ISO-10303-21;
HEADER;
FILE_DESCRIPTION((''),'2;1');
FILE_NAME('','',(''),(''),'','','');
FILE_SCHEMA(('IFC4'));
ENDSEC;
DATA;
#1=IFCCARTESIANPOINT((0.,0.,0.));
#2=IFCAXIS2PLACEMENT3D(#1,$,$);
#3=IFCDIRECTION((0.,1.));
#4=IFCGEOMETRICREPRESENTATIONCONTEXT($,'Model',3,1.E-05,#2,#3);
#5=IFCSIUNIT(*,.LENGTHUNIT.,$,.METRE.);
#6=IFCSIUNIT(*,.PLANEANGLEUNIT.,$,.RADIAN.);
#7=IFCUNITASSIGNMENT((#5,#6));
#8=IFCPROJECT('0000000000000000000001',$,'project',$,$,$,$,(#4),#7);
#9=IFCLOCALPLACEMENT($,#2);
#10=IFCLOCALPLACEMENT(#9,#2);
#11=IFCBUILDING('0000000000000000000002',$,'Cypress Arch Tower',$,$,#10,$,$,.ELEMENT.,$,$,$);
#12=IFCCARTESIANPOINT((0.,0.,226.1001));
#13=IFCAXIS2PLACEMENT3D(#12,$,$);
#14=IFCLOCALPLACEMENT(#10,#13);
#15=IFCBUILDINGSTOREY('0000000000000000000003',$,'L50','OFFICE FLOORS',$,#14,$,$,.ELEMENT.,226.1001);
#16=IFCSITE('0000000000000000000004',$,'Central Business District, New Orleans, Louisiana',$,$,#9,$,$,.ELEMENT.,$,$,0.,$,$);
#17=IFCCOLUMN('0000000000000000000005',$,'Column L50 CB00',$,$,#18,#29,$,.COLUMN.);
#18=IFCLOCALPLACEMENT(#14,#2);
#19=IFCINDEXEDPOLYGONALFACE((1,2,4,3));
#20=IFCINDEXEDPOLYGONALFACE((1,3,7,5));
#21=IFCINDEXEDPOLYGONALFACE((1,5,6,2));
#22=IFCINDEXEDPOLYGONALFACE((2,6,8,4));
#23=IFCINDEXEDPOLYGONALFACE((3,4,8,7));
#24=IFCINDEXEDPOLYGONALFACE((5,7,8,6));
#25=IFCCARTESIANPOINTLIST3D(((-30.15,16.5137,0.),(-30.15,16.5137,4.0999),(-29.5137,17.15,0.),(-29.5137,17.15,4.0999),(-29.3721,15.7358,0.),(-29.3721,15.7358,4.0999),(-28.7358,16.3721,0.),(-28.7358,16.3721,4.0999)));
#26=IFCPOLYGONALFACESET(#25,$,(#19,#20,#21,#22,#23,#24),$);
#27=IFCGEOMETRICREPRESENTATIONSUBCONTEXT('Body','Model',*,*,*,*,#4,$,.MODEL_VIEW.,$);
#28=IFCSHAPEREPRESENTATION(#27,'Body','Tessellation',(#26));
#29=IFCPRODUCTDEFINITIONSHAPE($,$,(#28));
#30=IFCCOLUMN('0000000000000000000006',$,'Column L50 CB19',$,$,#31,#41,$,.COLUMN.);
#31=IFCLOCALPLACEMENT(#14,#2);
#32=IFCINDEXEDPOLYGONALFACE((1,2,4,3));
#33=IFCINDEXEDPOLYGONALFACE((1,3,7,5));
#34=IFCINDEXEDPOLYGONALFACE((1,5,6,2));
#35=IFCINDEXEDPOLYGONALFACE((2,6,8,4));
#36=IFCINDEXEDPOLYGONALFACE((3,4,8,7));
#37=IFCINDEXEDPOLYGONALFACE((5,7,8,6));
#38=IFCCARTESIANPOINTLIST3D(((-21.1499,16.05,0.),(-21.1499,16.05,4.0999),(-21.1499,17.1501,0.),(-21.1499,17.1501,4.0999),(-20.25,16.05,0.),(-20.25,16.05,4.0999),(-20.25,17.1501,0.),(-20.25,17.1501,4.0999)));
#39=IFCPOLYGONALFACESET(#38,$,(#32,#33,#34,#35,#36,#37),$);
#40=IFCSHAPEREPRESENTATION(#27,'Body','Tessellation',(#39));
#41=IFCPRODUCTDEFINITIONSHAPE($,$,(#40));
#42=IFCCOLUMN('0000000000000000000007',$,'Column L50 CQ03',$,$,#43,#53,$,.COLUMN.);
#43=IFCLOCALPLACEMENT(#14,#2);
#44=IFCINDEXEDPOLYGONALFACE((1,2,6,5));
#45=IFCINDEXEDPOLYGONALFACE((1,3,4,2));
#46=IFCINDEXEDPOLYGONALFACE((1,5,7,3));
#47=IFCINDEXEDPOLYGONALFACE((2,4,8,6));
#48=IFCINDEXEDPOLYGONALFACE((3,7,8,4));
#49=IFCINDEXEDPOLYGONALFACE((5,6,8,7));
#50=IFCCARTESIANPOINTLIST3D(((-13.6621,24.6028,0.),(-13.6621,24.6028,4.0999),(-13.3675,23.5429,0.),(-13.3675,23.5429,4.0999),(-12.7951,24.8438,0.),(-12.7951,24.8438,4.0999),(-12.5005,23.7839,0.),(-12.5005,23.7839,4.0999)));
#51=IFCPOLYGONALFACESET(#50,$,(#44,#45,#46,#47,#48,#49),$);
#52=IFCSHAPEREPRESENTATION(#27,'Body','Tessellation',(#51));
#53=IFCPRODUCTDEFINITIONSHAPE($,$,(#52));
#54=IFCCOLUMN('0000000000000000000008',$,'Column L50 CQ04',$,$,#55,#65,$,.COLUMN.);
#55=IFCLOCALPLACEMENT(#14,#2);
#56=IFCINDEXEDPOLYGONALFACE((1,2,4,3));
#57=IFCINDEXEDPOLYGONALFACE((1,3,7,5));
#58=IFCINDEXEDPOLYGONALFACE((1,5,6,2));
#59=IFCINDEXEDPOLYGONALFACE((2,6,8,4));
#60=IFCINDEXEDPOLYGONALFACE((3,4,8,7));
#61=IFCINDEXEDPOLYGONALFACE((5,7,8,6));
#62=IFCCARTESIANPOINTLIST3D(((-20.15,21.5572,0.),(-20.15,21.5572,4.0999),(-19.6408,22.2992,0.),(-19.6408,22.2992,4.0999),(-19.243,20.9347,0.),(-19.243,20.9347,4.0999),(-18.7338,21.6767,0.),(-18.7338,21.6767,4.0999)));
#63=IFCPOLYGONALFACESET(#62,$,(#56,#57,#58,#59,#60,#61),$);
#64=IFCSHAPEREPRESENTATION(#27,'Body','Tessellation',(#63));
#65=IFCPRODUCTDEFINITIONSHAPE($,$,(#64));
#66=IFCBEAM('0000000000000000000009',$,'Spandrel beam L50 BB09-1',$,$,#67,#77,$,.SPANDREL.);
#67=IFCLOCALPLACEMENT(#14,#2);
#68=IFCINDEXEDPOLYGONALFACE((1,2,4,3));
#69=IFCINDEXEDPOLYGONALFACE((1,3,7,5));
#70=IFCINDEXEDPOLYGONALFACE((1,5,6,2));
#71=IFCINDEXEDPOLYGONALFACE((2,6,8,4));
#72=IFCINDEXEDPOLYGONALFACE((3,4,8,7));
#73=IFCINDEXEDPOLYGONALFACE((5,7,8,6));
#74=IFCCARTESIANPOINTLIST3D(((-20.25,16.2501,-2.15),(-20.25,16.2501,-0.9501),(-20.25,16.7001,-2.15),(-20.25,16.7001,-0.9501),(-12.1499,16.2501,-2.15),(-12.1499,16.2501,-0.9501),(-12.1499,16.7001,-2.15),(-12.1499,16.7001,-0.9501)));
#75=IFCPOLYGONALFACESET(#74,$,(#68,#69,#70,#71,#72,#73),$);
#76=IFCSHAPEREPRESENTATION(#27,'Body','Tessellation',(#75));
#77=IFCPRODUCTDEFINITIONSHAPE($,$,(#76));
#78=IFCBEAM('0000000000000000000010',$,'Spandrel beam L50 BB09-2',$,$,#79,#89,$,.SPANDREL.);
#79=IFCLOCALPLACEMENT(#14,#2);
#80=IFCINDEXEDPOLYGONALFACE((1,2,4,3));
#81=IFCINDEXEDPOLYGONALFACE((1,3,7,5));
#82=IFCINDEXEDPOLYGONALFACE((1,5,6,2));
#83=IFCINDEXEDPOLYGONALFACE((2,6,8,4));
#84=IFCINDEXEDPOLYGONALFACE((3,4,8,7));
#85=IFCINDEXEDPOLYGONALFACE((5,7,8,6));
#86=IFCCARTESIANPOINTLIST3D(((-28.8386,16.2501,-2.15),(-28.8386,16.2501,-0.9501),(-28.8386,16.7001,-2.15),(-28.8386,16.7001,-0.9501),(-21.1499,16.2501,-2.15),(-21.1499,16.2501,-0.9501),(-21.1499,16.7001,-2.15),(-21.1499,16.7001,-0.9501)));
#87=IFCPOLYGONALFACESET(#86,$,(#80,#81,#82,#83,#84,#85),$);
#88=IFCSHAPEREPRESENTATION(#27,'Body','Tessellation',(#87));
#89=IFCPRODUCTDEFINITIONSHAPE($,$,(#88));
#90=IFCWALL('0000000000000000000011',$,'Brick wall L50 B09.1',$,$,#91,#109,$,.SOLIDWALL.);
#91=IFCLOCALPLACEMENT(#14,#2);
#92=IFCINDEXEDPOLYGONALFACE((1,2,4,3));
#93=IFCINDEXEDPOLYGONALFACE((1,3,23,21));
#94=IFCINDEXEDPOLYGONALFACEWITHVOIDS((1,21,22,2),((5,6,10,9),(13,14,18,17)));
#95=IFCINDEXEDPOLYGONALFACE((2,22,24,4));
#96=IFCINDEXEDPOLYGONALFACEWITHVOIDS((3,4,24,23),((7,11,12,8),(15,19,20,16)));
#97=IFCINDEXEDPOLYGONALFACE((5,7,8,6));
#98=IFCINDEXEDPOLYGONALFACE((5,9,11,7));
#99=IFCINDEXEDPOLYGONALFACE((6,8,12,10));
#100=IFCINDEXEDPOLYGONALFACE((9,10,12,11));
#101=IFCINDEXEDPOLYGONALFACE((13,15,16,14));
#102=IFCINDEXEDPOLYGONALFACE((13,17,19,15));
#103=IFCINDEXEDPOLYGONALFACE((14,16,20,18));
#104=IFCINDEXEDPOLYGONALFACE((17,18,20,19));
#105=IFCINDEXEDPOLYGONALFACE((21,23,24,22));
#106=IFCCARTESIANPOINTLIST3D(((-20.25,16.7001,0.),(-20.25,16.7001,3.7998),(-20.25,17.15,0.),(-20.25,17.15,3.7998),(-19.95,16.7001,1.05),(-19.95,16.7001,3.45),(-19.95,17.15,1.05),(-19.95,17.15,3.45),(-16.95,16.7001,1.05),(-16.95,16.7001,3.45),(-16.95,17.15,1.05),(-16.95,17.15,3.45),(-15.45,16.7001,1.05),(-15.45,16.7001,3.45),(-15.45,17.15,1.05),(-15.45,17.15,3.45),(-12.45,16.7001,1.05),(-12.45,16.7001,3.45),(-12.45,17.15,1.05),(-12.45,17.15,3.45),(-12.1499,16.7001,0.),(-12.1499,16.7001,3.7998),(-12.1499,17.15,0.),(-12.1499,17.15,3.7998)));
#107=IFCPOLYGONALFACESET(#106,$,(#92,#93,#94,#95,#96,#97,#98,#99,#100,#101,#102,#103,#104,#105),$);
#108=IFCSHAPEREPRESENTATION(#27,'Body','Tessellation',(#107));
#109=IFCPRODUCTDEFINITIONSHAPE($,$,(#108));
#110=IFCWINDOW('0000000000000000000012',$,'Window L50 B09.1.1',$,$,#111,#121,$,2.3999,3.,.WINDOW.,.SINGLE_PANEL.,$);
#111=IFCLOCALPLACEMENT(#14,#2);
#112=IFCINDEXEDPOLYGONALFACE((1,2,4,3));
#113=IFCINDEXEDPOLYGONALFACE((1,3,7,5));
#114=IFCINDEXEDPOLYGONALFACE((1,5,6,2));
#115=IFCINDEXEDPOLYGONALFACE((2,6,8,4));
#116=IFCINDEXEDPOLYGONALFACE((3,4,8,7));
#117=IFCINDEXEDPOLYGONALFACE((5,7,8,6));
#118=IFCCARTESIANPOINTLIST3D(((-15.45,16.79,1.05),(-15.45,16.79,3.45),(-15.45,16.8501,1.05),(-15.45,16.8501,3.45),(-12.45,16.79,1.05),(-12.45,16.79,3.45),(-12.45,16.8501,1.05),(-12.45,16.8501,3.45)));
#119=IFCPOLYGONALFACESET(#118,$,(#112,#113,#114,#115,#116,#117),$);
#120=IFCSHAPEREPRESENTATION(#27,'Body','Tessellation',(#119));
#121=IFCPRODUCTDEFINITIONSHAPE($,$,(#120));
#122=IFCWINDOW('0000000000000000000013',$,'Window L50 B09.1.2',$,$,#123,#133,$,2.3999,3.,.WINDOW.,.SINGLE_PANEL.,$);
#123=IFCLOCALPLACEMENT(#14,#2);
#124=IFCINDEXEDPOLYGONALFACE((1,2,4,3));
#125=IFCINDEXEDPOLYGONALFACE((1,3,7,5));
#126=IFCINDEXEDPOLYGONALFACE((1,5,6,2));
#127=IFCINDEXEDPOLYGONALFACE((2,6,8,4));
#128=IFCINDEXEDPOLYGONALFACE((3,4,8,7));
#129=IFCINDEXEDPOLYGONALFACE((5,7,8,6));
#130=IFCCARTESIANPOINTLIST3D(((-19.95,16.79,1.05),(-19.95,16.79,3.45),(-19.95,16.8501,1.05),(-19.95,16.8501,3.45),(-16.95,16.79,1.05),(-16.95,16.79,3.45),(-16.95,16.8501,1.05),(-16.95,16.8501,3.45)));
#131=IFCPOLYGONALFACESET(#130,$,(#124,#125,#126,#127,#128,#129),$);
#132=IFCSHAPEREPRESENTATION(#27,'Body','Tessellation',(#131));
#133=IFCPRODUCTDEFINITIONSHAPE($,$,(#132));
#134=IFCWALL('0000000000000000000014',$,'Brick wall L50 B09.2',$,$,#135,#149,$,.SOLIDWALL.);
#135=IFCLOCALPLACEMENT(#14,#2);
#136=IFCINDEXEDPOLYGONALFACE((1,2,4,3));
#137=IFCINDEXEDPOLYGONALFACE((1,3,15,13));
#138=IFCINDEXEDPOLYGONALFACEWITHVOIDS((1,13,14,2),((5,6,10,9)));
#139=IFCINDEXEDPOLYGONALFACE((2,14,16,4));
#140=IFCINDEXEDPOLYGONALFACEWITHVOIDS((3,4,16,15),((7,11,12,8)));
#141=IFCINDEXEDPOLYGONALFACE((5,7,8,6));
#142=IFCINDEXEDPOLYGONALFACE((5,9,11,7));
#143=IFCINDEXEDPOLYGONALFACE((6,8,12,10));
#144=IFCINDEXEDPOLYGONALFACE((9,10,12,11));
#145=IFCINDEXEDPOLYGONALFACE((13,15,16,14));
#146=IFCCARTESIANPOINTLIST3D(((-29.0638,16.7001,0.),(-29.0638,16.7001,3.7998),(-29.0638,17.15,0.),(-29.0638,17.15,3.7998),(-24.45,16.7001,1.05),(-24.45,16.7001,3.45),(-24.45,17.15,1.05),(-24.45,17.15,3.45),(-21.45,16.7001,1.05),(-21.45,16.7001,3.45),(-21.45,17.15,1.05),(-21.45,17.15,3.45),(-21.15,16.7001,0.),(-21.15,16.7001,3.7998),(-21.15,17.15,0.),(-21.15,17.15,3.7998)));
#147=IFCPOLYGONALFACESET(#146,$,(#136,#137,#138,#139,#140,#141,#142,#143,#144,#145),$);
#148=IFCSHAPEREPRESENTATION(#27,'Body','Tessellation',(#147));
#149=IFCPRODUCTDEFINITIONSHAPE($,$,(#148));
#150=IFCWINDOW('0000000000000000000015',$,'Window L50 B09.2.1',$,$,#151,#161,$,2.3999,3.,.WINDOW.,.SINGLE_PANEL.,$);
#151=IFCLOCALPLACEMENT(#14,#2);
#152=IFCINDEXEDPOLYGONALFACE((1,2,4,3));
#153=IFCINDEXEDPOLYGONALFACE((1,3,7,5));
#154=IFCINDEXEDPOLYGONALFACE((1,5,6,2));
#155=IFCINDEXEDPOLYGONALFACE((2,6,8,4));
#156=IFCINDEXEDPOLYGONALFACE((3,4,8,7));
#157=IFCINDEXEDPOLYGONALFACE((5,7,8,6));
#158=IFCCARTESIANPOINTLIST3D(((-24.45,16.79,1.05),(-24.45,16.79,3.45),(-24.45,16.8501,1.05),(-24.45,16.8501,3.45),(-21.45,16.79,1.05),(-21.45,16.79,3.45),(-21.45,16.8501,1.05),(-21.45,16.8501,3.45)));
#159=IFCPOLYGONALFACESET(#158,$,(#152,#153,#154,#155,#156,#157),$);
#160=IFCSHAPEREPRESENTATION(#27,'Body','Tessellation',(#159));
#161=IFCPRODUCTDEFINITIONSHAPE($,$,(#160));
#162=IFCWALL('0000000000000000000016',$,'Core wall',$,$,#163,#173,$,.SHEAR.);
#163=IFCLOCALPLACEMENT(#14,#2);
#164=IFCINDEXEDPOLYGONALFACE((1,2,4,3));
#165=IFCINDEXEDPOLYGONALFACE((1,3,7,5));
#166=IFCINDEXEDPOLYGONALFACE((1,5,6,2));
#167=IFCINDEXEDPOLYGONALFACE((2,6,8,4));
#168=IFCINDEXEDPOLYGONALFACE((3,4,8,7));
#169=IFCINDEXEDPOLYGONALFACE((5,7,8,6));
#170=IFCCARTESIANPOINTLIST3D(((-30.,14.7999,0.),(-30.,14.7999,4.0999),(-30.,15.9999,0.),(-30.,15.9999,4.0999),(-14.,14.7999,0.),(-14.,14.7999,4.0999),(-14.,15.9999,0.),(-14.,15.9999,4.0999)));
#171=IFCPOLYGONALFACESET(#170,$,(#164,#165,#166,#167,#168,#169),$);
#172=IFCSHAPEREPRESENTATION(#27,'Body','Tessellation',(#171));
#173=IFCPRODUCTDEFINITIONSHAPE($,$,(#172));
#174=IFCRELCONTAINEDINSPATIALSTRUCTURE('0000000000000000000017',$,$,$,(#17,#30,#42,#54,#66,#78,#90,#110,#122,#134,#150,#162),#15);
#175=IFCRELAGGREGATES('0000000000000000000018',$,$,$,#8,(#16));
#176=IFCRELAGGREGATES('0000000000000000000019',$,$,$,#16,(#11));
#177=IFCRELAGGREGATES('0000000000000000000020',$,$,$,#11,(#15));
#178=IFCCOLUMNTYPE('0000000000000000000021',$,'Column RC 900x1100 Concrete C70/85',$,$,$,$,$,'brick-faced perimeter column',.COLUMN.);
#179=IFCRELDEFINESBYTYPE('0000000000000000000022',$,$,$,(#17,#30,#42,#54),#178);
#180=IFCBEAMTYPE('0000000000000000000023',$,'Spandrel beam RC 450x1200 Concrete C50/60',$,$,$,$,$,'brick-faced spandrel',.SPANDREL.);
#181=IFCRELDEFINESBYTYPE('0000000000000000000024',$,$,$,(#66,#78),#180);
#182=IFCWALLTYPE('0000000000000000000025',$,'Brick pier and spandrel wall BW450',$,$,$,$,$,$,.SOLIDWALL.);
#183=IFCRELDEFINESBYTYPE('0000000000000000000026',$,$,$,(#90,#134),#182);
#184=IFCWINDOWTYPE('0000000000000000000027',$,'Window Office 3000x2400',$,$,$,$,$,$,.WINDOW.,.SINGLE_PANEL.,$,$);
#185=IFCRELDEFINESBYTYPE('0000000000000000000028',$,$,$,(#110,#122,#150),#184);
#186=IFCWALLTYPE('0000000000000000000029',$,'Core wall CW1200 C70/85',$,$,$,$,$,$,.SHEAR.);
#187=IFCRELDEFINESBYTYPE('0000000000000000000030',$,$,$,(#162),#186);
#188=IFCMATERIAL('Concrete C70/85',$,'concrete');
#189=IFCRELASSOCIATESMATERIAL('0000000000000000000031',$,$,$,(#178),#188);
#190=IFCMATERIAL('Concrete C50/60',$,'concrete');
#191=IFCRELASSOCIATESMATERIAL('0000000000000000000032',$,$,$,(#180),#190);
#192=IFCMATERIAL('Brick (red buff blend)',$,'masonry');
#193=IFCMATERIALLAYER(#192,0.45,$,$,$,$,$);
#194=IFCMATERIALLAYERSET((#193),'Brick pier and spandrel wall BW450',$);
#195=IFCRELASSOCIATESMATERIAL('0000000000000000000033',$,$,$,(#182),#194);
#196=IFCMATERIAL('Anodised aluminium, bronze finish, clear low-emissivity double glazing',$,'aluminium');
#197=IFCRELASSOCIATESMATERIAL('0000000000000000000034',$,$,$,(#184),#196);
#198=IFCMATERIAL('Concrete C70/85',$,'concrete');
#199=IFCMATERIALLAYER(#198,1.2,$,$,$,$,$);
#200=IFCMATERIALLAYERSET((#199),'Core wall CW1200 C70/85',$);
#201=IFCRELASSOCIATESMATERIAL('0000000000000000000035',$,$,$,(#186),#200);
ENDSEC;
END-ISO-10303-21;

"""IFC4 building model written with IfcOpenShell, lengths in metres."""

from ifc_helpers import new_model, si_unit, direction, frame, frame_2d, origin, origin_2d, place, context, subcontext, project, spatial, rectangle, extrude, material, layer, layer_set, material_profile, profile_set, type_object, element, fill, save


model = new_model("IFC4")

# Units and contexts
model_context = context("Model", 3, precision=1e-05, world=origin(), true_north=direction((0.0, 1.0)))
body_context = subcontext(model_context, "Body", "Model", "MODEL_VIEW")
ifc_project = project(units=[si_unit("LENGTHUNIT", "METRE"), si_unit("PLANEANGLEUNIT", "RADIAN")], contexts=[model_context])

# Site, building, storey
site_placement = place(None, origin())
site = spatial("IfcSite", under=ifc_project, at=site_placement, Name="Central Business District, New Orleans, Louisiana", CompositionType="ELEMENT", RefElevation=0.0)
building_placement = place(site_placement, origin())
building = spatial("IfcBuilding", under=site, at=building_placement, Name="Cypress Arch Tower", CompositionType="ELEMENT")
storey_placement = place(building_placement, frame((0.0, 0.0, 226.1001)))
storey = spatial("IfcBuildingStorey", under=building, at=storey_placement, Name="L50", Description="OFFICE FLOORS", CompositionType="ELEMENT", Elevation=226.1001)

# Columns
ifc_material_1 = material(Name="Concrete C70/85", Category="concrete")
ifc_material_profile_1 = material_profile(ifc_material_1, rectangle(XDim=0.8999, YDim=1.1001, at=origin_2d()), Name="RC 900x1100")
ifc_profile_set_1 = profile_set([ifc_material_profile_1], Name="Concrete C70/85")
column_type = type_object("IfcColumnType", Name="Column RC 900x1100 Concrete C70/85", ElementType="brick-faced perimeter column", PredefinedType="COLUMN", material=ifc_profile_set_1)
for number, where, z_axis, x_axis, name in (
    (1, (-29.4429, 16.4429, 0.0), (0.0, 0.0, 1.0), (-0.707107, -0.707107, 0.0), "Column L50 CB00"),
    (2, (-20.7, 16.6001, 0.0), (0.0, 0.0, 1.0), (-1.0, 0.0, 0.0), "Column L50 CB19"),
    (3, (-13.0813, 24.1934, 0.0), (0.0, 0.0, 1.0), (-0.963456, -0.267868, 0.0), "Column L50 CQ03"),
    (4, (-19.4419, 21.6169, 0.0), (0.0, 0.0, 1.0), (-0.565893, -0.824479, 0.0), "Column L50 CQ04"),
):
    element("IfcColumn", number, at=place(storey_placement, frame(where, z_axis=z_axis, x_axis=x_axis)), inside=storey, type_object=column_type, Name=name, PredefinedType="COLUMN", context=body_context, shape_type="SweptSolid", body=[
        extrude(rectangle(XDim=0.8999, YDim=1.1001, at=origin_2d()), origin(), (0.0, 0.0, 1.0), 4.0999),
    ])

# Beams
ifc_material_2 = material(Name="Concrete C50/60", Category="concrete")
ifc_material_profile_2 = material_profile(ifc_material_2, rectangle(XDim=0.45, YDim=1.2, at=origin_2d()), Name="RC 450x1200")
ifc_profile_set_2 = profile_set([ifc_material_profile_2], Name="Concrete C50/60")
beam_type = type_object("IfcBeamType", Name="Spandrel beam RC 450x1200 Concrete C50/60", ElementType="brick-faced spandrel", PredefinedType="SPANDREL", material=ifc_profile_set_2)
beam_1_placement = place(storey_placement, frame((-12.1499, 16.4751, -1.55), z_axis=(-1.0, 0.0, 0.0), x_axis=(0.0, -1.0, 0.0)))
element("IfcBeam", 5, at=beam_1_placement, inside=storey, type_object=beam_type, Name="Spandrel beam L50 BB09-1", PredefinedType="SPANDREL", context=body_context, shape_type="SweptSolid", body=[
    extrude(rectangle(XDim=0.45, YDim=1.2, at=origin_2d()), origin(), (0.0, 0.0, 1.0), 8.1001),
])
beam_2_placement = place(storey_placement, frame((-21.1499, 16.4751, -1.55), z_axis=(-1.0, 0.0, 0.0), x_axis=(0.0, -1.0, 0.0)))
element("IfcBeam", 6, at=beam_2_placement, inside=storey, type_object=beam_type, Name="Spandrel beam L50 BB09-2", PredefinedType="SPANDREL", context=body_context, shape_type="SweptSolid", body=[
    extrude(rectangle(XDim=0.45, YDim=1.2, at=origin_2d()), origin(), (0.0, 0.0, 1.0), 7.6887),
])

# Wall, openings, windows
ifc_material_3 = material(Name="Brick (red buff blend)", Category="masonry")
ifc_layer_1 = layer(ifc_material_3, 0.45)
ifc_layer_set_1 = layer_set([ifc_layer_1], Name="Brick pier and spandrel wall BW450")
wall_type_1 = type_object("IfcWallType", Name="Brick pier and spandrel wall BW450", PredefinedType="SOLIDWALL", material=ifc_layer_set_1)
wall_1_placement = place(storey_placement, frame((-12.1499, 16.925, 0.0), z_axis=(0.0, 0.0, 1.0), x_axis=(-1.0, 0.0, 0.0)))
wall_1 = element("IfcWall", 7, at=wall_1_placement, inside=storey, type_object=wall_type_1, Name="Brick wall L50 B09.1", PredefinedType="SOLIDWALL", context=body_context, shape_type="SweptSolid", body=[
    extrude(rectangle(XDim=8.1001, YDim=0.45, at=frame_2d((4.05, 0.0))), origin(), (0.0, 0.0, 1.0), 3.7998),
])
opening_1_placement = place(wall_1_placement, frame((0.3, 0.0, 1.05)))
opening_1 = element("IfcOpeningElement", 8, at=opening_1_placement, cuts=wall_1, PredefinedType="OPENING", context=body_context, shape_type="SweptSolid", body=[
    extrude(rectangle(XDim=3.0, YDim=2.3999, at=frame_2d((1.5, 1.2))), frame((0.0, 0.2349, 0.0), z_axis=(0.0, -1.0, 0.0), x_axis=(1.0, 0.0, 0.0)), (0.0, 0.0, 1.0), 0.47),
])
opening_2_placement = place(wall_1_placement, frame((4.8, 0.0, 1.05)))
opening_2 = element("IfcOpeningElement", 9, at=opening_2_placement, cuts=wall_1, PredefinedType="OPENING", context=body_context, shape_type="SweptSolid", body=[
    extrude(rectangle(XDim=3.0, YDim=2.3999, at=frame_2d((1.5, 1.2))), frame((0.0, 0.2349, 0.0), z_axis=(0.0, -1.0, 0.0), x_axis=(1.0, 0.0, 0.0)), (0.0, 0.0, 1.0), 0.47),
])
ifc_material_4 = material(Name="Anodised aluminium, bronze finish, clear low-emissivity double glazing", Category="aluminium")
window_type = type_object("IfcWindowType", Name="Window Office 3000x2400", PartitioningType="SINGLE_PANEL", PredefinedType="WINDOW", material=ifc_material_4)
window_1_placement = place(opening_1_placement, origin())
window_1 = element("IfcWindow", 10, at=window_1_placement, inside=storey, type_object=window_type, Name="Window L50 B09.1.1", OverallHeight=2.3999, OverallWidth=3.0, PartitioningType="SINGLE_PANEL", PredefinedType="WINDOW", context=body_context, shape_type="SweptSolid", body=[
    extrude(rectangle(XDim=3.0, YDim=2.3999, at=frame_2d((1.5, 1.2))), frame((0.0, 0.135, 0.0), z_axis=(0.0, -1.0, 0.0), x_axis=(1.0, 0.0, 0.0)), (0.0, 0.0, 1.0), 0.0601),
])
fill(opening_1, window_1)
window_2_placement = place(opening_2_placement, origin())
window_2 = element("IfcWindow", 11, at=window_2_placement, inside=storey, type_object=window_type, Name="Window L50 B09.1.2", OverallHeight=2.3999, OverallWidth=3.0, PartitioningType="SINGLE_PANEL", PredefinedType="WINDOW", context=body_context, shape_type="SweptSolid", body=[
    extrude(rectangle(XDim=3.0, YDim=2.3999, at=frame_2d((1.5, 1.2))), frame((0.0, 0.135, 0.0), z_axis=(0.0, -1.0, 0.0), x_axis=(1.0, 0.0, 0.0)), (0.0, 0.0, 1.0), 0.0601),
])
fill(opening_2, window_2)

# Wall, opening, window
wall_2_placement = place(storey_placement, frame((-21.1499, 16.925, 0.0), z_axis=(0.0, 0.0, 1.0), x_axis=(-1.0, 0.0, 0.0)))
wall_2 = element("IfcWall", 12, at=wall_2_placement, inside=storey, type_object=wall_type_1, Name="Brick wall L50 B09.2", PredefinedType="SOLIDWALL", context=body_context, shape_type="SweptSolid", body=[
    extrude(rectangle(XDim=7.9138, YDim=0.45, at=frame_2d((3.957, 0.0))), origin(), (0.0, 0.0, 1.0), 3.7998),
])
opening_3_placement = place(wall_2_placement, frame((0.3, 0.0, 1.05)))
opening_3 = element("IfcOpeningElement", 13, at=opening_3_placement, cuts=wall_2, PredefinedType="OPENING", context=body_context, shape_type="SweptSolid", body=[
    extrude(rectangle(XDim=3.0, YDim=2.3999, at=frame_2d((1.5, 1.2))), frame((0.0, 0.2349, 0.0), z_axis=(0.0, -1.0, 0.0), x_axis=(1.0, 0.0, 0.0)), (0.0, 0.0, 1.0), 0.47),
])
window_3_placement = place(opening_3_placement, origin())
window_3 = element("IfcWindow", 14, at=window_3_placement, inside=storey, type_object=window_type, Name="Window L50 B09.2.1", OverallHeight=2.3999, OverallWidth=3.0, PartitioningType="SINGLE_PANEL", PredefinedType="WINDOW", context=body_context, shape_type="SweptSolid", body=[
    extrude(rectangle(XDim=3.0, YDim=2.3999, at=frame_2d((1.5, 1.2))), frame((0.0, 0.135, 0.0), z_axis=(0.0, -1.0, 0.0), x_axis=(1.0, 0.0, 0.0)), (0.0, 0.0, 1.0), 0.0601),
])
fill(opening_3, window_3)

# Wall
ifc_material_5 = material(Name="Concrete C70/85", Category="concrete")
ifc_layer_2 = layer(ifc_material_5, 1.2)
ifc_layer_set_2 = layer_set([ifc_layer_2], Name="Core wall CW1200 C70/85")
wall_type_2 = type_object("IfcWallType", Name="Core wall CW1200 C70/85", PredefinedType="SHEAR", material=ifc_layer_set_2)
wall_3_placement = place(storey_placement, frame((-30.0, 15.3999, 0.0), z_axis=(0.0, 0.0, 1.0), x_axis=(1.0, 0.0, 0.0)))
element("IfcWall", 15, at=wall_3_placement, inside=storey, type_object=wall_type_2, Name="Core wall", PredefinedType="SHEAR", context=body_context, shape_type="SweptSolid", body=[
    extrude(rectangle(XDim=16.0, YDim=1.2, at=frame_2d((8.0, 0.0))), origin(), (0.0, 0.0, 1.0), 4.0999),
])

save(model, "model.ifc")
